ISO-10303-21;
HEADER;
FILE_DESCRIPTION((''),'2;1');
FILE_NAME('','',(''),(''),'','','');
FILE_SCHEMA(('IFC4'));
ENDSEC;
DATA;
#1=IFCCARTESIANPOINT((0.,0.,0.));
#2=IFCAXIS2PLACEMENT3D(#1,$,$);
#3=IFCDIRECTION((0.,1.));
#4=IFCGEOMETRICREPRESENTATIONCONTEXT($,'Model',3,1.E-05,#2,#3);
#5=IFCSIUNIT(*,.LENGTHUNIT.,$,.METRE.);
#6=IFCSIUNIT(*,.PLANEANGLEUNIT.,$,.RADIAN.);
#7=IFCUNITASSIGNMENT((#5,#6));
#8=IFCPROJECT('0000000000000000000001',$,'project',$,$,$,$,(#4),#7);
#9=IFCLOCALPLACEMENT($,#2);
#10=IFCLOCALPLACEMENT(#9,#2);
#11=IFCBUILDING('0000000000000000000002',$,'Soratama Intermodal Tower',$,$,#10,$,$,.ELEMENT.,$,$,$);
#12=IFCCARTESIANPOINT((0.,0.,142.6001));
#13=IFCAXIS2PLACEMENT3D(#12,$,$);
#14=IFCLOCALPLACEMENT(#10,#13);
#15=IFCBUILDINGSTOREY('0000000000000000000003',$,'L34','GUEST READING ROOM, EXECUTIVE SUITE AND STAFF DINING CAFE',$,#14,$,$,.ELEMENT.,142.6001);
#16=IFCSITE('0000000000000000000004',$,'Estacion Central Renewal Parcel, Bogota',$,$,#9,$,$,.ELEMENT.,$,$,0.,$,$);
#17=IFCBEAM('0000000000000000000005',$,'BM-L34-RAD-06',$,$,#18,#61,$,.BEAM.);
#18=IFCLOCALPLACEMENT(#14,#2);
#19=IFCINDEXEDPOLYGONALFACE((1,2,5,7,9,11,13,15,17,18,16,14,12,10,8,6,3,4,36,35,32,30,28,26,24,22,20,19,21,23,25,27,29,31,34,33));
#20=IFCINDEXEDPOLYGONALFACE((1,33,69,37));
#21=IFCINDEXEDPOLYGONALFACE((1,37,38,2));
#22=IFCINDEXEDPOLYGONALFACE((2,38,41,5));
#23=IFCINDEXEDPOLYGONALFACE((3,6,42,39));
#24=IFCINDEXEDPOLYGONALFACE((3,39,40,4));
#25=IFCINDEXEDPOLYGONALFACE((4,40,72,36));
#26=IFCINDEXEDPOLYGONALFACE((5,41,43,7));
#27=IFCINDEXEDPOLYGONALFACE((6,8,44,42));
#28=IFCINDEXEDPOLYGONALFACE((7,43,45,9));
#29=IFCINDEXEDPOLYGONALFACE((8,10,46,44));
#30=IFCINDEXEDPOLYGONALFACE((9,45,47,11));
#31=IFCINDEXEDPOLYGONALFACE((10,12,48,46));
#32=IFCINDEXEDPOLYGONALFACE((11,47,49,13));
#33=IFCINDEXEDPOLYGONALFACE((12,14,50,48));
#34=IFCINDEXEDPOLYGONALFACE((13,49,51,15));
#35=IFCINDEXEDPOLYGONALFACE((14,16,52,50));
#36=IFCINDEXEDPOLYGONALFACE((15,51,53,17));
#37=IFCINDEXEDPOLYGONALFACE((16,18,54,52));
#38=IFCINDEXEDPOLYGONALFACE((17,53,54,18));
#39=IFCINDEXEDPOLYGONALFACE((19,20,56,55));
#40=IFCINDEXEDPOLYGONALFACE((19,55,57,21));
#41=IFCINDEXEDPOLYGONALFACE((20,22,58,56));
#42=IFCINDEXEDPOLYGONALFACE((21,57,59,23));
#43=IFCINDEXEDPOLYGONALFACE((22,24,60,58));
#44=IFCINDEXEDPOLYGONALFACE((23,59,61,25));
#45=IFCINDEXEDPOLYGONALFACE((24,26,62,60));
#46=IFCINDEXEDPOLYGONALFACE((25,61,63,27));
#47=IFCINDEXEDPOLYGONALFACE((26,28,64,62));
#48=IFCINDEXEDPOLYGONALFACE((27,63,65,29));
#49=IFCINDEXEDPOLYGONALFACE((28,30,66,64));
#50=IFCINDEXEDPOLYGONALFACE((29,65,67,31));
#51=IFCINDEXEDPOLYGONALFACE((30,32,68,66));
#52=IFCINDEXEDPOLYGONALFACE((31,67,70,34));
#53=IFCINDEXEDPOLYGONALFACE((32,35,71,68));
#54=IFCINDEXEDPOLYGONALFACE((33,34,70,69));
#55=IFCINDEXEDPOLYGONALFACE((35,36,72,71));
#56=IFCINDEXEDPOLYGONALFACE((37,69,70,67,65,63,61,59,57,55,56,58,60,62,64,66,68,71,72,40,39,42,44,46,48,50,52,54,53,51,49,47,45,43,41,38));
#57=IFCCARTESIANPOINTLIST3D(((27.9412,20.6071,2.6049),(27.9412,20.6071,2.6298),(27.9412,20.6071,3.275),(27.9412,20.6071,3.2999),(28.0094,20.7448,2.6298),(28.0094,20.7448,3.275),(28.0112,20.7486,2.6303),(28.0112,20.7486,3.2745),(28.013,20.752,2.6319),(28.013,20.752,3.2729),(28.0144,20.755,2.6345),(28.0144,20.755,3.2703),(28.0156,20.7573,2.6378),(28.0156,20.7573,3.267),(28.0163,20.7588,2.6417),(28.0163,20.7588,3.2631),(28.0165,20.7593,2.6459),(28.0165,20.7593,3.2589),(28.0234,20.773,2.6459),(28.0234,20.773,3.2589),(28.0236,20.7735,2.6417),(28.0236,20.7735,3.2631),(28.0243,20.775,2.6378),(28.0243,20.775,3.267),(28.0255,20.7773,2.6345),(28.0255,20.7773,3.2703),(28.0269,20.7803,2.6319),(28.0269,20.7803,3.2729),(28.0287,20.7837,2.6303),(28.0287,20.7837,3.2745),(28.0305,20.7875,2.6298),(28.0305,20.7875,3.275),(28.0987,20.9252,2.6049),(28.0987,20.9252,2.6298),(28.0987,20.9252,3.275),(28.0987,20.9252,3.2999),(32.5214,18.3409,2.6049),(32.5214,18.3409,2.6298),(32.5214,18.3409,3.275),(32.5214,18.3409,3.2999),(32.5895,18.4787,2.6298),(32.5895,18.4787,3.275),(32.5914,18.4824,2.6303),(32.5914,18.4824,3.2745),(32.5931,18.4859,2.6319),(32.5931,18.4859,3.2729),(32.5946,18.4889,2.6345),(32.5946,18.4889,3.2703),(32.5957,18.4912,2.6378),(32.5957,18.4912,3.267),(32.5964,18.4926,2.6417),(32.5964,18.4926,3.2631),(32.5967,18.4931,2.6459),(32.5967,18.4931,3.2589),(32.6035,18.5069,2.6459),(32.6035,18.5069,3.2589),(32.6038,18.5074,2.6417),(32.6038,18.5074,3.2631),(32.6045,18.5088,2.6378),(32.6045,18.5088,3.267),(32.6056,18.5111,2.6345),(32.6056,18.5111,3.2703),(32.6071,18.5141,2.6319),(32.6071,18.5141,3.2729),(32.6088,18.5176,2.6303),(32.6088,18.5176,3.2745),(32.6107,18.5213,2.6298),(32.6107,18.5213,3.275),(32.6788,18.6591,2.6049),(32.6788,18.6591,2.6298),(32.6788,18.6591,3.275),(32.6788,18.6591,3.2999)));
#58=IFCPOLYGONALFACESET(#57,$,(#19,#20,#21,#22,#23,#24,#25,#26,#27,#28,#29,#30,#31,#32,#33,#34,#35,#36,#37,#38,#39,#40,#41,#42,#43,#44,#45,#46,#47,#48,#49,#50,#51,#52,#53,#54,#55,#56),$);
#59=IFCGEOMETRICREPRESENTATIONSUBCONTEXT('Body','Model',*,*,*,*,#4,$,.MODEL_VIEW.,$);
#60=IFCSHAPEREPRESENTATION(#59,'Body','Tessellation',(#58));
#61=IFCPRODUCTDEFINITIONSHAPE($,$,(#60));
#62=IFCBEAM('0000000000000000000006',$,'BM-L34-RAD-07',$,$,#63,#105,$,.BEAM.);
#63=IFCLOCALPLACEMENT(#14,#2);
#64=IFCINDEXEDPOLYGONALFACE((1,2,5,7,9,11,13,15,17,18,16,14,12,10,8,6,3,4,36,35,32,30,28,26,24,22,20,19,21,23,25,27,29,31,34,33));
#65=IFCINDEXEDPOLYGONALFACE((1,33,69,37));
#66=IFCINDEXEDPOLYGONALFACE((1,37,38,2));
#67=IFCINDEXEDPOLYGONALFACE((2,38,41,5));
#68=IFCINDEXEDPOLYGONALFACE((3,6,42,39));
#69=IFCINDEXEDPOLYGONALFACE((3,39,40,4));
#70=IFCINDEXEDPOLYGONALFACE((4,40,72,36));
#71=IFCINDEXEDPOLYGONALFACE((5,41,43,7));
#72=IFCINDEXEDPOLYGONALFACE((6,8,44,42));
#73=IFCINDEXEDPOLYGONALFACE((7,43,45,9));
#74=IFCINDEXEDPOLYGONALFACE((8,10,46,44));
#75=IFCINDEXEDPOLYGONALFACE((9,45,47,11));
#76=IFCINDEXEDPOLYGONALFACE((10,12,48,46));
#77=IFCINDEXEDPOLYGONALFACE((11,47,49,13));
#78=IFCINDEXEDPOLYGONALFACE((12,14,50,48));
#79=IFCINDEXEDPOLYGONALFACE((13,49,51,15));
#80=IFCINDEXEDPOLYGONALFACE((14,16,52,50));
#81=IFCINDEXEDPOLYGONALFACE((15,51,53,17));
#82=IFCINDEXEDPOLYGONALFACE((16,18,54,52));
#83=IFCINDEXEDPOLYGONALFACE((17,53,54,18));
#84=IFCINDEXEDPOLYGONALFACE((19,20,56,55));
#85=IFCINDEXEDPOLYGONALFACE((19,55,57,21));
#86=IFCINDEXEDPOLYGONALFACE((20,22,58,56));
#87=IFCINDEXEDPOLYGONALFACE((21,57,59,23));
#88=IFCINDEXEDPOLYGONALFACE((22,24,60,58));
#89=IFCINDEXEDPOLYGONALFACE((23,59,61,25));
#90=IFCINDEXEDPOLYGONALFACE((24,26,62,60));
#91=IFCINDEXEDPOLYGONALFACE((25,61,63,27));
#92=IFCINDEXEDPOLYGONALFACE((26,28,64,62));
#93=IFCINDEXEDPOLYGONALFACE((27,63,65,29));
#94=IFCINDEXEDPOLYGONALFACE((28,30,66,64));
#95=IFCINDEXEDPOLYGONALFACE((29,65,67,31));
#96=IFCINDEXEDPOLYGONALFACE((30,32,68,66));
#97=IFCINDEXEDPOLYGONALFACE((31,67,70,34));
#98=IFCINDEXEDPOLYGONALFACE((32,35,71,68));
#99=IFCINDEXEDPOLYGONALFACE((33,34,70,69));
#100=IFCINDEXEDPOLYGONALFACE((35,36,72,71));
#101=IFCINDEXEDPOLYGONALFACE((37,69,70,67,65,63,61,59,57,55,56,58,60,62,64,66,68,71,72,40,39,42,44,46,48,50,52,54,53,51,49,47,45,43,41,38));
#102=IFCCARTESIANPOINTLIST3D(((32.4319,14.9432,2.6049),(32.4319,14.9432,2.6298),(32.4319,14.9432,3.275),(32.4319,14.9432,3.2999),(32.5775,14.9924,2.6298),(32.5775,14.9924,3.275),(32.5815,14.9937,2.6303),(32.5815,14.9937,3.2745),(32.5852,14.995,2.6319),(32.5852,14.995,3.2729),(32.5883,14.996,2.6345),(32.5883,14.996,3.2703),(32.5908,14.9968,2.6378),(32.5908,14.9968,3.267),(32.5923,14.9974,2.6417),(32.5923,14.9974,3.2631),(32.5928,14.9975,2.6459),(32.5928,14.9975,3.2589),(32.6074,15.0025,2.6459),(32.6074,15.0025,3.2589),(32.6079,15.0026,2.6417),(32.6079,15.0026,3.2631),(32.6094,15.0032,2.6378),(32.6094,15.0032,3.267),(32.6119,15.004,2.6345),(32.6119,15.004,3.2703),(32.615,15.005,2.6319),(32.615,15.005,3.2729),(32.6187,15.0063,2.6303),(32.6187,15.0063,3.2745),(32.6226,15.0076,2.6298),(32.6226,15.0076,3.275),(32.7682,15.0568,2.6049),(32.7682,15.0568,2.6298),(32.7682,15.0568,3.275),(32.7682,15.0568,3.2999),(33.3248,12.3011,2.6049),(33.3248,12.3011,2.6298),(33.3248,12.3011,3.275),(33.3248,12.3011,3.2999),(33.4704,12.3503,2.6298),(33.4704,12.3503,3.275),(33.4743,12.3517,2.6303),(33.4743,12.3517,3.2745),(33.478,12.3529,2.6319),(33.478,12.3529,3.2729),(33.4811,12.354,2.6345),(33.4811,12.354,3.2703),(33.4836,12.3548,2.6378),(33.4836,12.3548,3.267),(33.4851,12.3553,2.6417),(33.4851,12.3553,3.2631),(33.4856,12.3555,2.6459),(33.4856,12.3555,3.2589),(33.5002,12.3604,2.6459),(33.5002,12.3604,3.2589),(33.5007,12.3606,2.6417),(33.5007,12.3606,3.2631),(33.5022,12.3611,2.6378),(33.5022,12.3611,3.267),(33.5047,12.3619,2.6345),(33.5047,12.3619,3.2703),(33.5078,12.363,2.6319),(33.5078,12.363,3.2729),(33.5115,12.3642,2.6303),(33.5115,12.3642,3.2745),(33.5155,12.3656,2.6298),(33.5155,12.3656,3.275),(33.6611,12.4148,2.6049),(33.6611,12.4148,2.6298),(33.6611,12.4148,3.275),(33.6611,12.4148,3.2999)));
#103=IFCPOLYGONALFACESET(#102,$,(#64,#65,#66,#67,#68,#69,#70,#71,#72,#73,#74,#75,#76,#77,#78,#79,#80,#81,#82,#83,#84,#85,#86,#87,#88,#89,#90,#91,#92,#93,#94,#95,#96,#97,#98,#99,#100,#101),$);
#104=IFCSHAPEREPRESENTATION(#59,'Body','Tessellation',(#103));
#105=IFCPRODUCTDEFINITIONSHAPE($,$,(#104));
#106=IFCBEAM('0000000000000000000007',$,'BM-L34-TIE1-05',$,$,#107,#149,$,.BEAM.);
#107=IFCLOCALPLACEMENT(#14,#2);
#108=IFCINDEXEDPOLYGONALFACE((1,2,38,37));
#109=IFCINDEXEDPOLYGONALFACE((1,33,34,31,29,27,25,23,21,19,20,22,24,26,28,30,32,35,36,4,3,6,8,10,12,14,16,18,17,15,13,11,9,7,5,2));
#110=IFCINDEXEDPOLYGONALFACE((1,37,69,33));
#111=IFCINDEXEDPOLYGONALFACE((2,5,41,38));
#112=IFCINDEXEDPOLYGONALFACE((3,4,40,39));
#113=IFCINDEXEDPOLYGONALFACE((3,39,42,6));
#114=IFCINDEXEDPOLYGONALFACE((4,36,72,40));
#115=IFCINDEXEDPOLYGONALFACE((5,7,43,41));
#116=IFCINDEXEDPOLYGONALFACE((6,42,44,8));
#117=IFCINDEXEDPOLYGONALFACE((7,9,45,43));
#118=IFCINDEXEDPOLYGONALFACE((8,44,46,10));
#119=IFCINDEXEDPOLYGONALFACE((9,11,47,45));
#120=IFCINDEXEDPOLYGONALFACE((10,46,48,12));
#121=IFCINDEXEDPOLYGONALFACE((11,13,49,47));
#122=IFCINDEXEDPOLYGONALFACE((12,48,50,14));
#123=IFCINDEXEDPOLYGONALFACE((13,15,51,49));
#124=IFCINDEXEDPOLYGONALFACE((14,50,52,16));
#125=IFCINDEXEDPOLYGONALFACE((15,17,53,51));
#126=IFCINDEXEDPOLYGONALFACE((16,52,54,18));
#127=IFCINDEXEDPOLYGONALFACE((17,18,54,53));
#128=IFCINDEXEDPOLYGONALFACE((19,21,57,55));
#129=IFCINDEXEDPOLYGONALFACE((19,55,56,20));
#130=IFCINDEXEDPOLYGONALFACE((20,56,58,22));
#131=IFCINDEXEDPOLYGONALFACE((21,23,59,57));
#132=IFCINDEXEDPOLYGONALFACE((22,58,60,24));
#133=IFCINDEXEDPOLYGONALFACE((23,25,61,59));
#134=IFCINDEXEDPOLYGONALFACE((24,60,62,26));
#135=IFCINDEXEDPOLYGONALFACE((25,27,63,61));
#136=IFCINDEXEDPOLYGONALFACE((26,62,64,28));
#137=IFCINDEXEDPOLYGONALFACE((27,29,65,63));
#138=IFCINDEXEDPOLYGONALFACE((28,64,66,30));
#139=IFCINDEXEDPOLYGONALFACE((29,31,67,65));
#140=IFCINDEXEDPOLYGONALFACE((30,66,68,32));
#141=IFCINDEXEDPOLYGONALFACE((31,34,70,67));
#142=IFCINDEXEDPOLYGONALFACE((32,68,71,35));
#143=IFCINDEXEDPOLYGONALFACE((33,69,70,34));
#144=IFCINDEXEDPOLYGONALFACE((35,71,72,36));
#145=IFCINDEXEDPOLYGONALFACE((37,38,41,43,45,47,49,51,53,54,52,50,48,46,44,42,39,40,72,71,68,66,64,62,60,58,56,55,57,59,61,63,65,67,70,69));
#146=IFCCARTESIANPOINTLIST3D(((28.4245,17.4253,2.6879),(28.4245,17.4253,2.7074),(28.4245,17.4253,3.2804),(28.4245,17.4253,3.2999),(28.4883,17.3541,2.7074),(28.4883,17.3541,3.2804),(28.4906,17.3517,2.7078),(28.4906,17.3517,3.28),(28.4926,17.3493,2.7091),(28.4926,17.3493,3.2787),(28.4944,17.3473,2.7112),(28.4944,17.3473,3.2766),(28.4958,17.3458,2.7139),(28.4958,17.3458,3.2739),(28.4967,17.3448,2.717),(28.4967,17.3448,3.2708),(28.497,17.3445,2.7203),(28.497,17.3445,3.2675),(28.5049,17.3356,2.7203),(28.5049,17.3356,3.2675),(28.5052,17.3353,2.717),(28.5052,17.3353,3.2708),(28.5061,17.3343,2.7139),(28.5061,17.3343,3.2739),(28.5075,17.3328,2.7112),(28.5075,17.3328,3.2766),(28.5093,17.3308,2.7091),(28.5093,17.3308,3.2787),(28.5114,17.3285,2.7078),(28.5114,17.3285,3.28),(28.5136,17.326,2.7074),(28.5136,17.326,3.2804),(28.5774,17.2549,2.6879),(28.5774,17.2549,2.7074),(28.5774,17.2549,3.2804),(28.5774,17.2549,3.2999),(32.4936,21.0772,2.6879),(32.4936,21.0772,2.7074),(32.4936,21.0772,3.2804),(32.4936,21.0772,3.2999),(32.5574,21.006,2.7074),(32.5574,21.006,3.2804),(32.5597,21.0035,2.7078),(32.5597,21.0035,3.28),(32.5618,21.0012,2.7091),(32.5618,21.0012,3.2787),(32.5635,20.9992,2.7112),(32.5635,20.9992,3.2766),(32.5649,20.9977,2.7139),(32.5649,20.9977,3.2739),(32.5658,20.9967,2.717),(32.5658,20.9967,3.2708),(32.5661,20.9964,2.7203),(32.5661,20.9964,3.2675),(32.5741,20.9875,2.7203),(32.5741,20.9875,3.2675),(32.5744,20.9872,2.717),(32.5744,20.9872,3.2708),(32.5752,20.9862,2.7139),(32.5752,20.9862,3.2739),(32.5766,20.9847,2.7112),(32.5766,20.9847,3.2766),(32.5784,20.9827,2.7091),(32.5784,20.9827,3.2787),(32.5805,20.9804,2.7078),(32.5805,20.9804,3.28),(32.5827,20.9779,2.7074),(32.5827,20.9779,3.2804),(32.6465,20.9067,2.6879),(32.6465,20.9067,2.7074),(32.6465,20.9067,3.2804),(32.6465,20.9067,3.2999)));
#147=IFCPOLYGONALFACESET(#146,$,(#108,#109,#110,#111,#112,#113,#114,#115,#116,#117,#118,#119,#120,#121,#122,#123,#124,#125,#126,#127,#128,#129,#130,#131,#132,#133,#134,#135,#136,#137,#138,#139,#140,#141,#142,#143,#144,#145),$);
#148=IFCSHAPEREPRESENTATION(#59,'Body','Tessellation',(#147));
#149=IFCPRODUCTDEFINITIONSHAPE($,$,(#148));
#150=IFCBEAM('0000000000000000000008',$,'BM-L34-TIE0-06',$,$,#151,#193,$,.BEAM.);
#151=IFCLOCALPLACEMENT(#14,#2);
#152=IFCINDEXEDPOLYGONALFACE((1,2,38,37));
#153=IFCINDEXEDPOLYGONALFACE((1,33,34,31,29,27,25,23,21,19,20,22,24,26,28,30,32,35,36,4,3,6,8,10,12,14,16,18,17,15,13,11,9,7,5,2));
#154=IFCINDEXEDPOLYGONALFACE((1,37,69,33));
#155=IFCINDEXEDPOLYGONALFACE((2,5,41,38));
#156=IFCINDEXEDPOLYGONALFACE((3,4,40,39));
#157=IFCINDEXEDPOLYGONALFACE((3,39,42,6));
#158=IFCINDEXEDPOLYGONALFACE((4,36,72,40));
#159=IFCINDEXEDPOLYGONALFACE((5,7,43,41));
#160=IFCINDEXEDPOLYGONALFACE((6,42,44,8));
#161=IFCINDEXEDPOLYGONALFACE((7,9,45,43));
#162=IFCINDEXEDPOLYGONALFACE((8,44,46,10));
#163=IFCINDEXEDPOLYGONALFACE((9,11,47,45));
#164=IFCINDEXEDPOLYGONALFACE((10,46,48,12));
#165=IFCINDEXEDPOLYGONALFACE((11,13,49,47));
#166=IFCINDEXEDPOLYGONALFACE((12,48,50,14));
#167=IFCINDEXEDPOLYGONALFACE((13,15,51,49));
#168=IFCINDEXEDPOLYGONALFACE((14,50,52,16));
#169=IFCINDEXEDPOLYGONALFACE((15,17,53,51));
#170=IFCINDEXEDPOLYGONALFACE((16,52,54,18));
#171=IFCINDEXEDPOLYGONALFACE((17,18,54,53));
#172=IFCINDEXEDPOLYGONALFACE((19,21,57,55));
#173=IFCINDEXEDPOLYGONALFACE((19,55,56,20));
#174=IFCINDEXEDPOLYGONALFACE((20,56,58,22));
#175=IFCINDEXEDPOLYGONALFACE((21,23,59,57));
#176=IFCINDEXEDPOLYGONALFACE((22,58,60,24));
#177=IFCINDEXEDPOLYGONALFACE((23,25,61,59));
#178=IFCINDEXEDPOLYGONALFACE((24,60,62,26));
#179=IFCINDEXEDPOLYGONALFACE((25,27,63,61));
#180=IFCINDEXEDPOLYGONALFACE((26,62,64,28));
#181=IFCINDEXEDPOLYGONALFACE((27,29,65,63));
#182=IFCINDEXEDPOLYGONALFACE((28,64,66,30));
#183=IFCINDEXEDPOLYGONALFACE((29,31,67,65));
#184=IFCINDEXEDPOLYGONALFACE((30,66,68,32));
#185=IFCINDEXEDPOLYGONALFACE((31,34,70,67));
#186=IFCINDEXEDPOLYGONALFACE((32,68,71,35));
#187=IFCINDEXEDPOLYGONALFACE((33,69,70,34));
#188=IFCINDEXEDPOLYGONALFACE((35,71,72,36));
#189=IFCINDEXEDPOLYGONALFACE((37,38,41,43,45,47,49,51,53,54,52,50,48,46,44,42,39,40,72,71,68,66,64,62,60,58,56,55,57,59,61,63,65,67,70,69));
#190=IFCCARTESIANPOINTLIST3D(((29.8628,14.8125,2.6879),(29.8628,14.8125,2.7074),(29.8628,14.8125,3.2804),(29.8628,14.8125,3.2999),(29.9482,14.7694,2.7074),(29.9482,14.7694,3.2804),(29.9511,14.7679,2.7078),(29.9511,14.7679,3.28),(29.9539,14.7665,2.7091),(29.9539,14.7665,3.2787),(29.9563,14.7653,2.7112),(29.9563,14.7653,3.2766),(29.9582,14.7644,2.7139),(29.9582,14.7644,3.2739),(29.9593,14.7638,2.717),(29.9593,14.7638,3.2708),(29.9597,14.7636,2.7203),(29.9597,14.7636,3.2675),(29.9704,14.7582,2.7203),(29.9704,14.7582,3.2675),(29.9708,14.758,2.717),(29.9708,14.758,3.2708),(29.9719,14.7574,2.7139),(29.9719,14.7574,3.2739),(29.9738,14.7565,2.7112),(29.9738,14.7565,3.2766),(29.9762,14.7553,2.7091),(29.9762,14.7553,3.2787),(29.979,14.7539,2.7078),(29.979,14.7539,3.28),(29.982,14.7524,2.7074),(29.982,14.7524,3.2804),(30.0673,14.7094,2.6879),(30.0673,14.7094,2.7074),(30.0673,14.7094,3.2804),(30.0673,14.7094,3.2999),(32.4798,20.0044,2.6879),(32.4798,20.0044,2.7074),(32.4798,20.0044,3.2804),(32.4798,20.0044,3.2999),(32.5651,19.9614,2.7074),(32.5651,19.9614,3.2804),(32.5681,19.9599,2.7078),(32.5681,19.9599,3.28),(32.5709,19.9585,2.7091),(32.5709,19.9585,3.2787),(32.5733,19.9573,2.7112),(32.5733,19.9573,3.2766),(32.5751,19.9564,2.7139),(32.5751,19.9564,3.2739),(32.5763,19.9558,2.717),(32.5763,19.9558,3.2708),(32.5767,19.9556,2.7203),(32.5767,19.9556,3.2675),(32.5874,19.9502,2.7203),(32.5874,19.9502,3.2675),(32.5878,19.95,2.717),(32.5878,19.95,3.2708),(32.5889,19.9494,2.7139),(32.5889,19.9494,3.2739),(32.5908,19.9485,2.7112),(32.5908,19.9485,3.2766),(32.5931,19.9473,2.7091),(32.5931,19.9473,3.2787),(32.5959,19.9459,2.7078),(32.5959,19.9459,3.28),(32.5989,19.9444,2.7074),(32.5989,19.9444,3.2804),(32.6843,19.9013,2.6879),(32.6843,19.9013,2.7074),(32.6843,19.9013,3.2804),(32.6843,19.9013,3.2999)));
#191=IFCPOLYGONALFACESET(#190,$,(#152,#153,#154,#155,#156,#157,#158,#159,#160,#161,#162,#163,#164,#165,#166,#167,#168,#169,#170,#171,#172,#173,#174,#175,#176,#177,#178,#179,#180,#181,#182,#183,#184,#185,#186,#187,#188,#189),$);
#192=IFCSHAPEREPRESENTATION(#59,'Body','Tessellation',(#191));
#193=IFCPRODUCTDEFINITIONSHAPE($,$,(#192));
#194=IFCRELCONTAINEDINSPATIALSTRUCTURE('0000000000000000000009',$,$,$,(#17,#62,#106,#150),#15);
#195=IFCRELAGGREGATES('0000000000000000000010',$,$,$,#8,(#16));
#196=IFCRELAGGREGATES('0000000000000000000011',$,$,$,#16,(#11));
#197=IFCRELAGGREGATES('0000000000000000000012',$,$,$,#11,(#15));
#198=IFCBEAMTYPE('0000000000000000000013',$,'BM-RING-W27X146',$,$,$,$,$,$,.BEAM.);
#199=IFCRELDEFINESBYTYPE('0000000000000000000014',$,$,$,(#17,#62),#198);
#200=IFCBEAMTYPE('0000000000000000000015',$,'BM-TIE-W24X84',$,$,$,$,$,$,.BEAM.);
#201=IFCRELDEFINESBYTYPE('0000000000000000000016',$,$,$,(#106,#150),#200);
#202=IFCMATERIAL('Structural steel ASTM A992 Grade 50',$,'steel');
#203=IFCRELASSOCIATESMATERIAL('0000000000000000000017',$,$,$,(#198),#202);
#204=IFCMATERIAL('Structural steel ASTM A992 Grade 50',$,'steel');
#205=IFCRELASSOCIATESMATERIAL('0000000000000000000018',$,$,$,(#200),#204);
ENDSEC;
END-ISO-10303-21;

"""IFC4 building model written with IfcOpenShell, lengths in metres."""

from ifc_helpers import new_model, si_unit, direction, frame, origin, origin_2d, place, context, subcontext, project, spatial, i_section, extrude, material, material_profile, profile_set, type_object, element, save


model = new_model("IFC4")

# Units and contexts
model_context = context("Model", 3, precision=1e-05, world=origin(), true_north=direction((0.0, 1.0)))
body_context = subcontext(model_context, "Body", "Model", "MODEL_VIEW")
ifc_project = project(units=[si_unit("LENGTHUNIT", "METRE"), si_unit("PLANEANGLEUNIT", "RADIAN")], contexts=[model_context])

# Site, building, storey
site_placement = place(None, origin())
site = spatial("IfcSite", under=ifc_project, at=site_placement, Name="Estacion Central Renewal Parcel, Bogota", CompositionType="ELEMENT", RefElevation=0.0)
building_placement = place(site_placement, origin())
building = spatial("IfcBuilding", under=site, at=building_placement, Name="Soratama Intermodal Tower", CompositionType="ELEMENT")
storey_placement = place(building_placement, frame((0.0, 0.0, 142.6001)))
storey = spatial("IfcBuildingStorey", under=building, at=storey_placement, Name="L34", Description="GUEST READING ROOM, EXECUTIVE SUITE AND STAFF DINING CAFE", CompositionType="ELEMENT", Elevation=142.6001)

# Beams
ifc_material_1 = material(Name="Structural steel ASTM A992 Grade 50", Category="steel")
ifc_material_profile_1 = material_profile(ifc_material_1, i_section(OverallWidth=0.355, OverallDepth=0.6951, WebThickness=0.0154, FlangeThickness=0.0249, FilletRadius=0.0161, at=origin_2d()), Name="W27X146")
ifc_profile_set_1 = profile_set([ifc_material_profile_1], Name="Structural steel ASTM A992 Grade 50")
beam_type_1 = type_object("IfcBeamType", Name="BM-RING-W27X146", PredefinedType="BEAM", material=ifc_profile_set_1)
beam_1_placement = place(storey_placement, frame((32.6001, 18.5, 2.9524), z_axis=(-0.896292, 0.443464, 0.0), x_axis=(-0.443464, -0.896292, 0.0)))
element("IfcBeam", 1, at=beam_1_placement, inside=storey, type_object=beam_type_1, Name="BM-L34-RAD-06", PredefinedType="BEAM", context=body_context, shape_type="SweptSolid", body=[
    extrude(i_section(OverallWidth=0.355, OverallDepth=0.6951, WebThickness=0.0154, FlangeThickness=0.0249, FilletRadius=0.0161, at=origin_2d()), origin(), (0.0, 0.0, 1.0), 5.1101),
])
beam_2_placement = place(storey_placement, frame((32.6001, 15.0, 2.9524), z_axis=(0.320138, -0.947371, 0.0), x_axis=(0.947371, 0.320138, 0.0)))
element("IfcBeam", 2, at=beam_2_placement, inside=storey, type_object=beam_type_1, Name="BM-L34-RAD-07", PredefinedType="BEAM", context=body_context, shape_type="SweptSolid", body=[
    extrude(i_section(OverallWidth=0.355, OverallDepth=0.6951, WebThickness=0.0154, FlangeThickness=0.0249, FilletRadius=0.0161, at=origin_2d()), origin(), (0.0, 0.0, 1.0), 2.7888),
])
ifc_material_2 = material(Name="Structural steel ASTM A992 Grade 50", Category="steel")
ifc_material_profile_2 = material_profile(ifc_material_2, i_section(OverallWidth=0.229, OverallDepth=0.6121, WebThickness=0.012, FlangeThickness=0.0195, FilletRadius=0.0129, at=origin_2d()), Name="W24X84")
ifc_profile_set_2 = profile_set([ifc_material_profile_2], Name="Structural steel ASTM A992 Grade 50")
beam_type_2 = type_object("IfcBeamType", Name="BM-TIE-W24X84", PredefinedType="BEAM", material=ifc_profile_set_2)
beam_3_placement = place(storey_placement, frame((32.5701, 20.9919, 2.9939), z_axis=(-0.744233, -0.667921, 0.0), x_axis=(0.667921, -0.744233, 0.0)))
element("IfcBeam", 3, at=beam_3_placement, inside=storey, type_object=beam_type_2, Name="BM-L34-TIE1-05", PredefinedType="BEAM", context=body_context, shape_type="SweptSolid", body=[
    extrude(i_section(OverallWidth=0.229, OverallDepth=0.6121, WebThickness=0.012, FlangeThickness=0.0195, FilletRadius=0.0129, at=origin_2d()), origin(), (0.0, 0.0, 1.0), 5.4675),
])
beam_4_placement = place(storey_placement, frame((32.582, 19.9529, 2.9939), z_axis=(-0.4501, -0.892978, 0.0), x_axis=(0.892978, -0.4501, 0.0)))
element("IfcBeam", 4, at=beam_4_placement, inside=storey, type_object=beam_type_2, Name="BM-L34-TIE0-06", PredefinedType="BEAM", context=body_context, shape_type="SweptSolid", body=[
    extrude(i_section(OverallWidth=0.229, OverallDepth=0.6121, WebThickness=0.012, FlangeThickness=0.0195, FilletRadius=0.0129, at=origin_2d()), origin(), (0.0, 0.0, 1.0), 5.8142),
])

save(model, "model.ifc")
